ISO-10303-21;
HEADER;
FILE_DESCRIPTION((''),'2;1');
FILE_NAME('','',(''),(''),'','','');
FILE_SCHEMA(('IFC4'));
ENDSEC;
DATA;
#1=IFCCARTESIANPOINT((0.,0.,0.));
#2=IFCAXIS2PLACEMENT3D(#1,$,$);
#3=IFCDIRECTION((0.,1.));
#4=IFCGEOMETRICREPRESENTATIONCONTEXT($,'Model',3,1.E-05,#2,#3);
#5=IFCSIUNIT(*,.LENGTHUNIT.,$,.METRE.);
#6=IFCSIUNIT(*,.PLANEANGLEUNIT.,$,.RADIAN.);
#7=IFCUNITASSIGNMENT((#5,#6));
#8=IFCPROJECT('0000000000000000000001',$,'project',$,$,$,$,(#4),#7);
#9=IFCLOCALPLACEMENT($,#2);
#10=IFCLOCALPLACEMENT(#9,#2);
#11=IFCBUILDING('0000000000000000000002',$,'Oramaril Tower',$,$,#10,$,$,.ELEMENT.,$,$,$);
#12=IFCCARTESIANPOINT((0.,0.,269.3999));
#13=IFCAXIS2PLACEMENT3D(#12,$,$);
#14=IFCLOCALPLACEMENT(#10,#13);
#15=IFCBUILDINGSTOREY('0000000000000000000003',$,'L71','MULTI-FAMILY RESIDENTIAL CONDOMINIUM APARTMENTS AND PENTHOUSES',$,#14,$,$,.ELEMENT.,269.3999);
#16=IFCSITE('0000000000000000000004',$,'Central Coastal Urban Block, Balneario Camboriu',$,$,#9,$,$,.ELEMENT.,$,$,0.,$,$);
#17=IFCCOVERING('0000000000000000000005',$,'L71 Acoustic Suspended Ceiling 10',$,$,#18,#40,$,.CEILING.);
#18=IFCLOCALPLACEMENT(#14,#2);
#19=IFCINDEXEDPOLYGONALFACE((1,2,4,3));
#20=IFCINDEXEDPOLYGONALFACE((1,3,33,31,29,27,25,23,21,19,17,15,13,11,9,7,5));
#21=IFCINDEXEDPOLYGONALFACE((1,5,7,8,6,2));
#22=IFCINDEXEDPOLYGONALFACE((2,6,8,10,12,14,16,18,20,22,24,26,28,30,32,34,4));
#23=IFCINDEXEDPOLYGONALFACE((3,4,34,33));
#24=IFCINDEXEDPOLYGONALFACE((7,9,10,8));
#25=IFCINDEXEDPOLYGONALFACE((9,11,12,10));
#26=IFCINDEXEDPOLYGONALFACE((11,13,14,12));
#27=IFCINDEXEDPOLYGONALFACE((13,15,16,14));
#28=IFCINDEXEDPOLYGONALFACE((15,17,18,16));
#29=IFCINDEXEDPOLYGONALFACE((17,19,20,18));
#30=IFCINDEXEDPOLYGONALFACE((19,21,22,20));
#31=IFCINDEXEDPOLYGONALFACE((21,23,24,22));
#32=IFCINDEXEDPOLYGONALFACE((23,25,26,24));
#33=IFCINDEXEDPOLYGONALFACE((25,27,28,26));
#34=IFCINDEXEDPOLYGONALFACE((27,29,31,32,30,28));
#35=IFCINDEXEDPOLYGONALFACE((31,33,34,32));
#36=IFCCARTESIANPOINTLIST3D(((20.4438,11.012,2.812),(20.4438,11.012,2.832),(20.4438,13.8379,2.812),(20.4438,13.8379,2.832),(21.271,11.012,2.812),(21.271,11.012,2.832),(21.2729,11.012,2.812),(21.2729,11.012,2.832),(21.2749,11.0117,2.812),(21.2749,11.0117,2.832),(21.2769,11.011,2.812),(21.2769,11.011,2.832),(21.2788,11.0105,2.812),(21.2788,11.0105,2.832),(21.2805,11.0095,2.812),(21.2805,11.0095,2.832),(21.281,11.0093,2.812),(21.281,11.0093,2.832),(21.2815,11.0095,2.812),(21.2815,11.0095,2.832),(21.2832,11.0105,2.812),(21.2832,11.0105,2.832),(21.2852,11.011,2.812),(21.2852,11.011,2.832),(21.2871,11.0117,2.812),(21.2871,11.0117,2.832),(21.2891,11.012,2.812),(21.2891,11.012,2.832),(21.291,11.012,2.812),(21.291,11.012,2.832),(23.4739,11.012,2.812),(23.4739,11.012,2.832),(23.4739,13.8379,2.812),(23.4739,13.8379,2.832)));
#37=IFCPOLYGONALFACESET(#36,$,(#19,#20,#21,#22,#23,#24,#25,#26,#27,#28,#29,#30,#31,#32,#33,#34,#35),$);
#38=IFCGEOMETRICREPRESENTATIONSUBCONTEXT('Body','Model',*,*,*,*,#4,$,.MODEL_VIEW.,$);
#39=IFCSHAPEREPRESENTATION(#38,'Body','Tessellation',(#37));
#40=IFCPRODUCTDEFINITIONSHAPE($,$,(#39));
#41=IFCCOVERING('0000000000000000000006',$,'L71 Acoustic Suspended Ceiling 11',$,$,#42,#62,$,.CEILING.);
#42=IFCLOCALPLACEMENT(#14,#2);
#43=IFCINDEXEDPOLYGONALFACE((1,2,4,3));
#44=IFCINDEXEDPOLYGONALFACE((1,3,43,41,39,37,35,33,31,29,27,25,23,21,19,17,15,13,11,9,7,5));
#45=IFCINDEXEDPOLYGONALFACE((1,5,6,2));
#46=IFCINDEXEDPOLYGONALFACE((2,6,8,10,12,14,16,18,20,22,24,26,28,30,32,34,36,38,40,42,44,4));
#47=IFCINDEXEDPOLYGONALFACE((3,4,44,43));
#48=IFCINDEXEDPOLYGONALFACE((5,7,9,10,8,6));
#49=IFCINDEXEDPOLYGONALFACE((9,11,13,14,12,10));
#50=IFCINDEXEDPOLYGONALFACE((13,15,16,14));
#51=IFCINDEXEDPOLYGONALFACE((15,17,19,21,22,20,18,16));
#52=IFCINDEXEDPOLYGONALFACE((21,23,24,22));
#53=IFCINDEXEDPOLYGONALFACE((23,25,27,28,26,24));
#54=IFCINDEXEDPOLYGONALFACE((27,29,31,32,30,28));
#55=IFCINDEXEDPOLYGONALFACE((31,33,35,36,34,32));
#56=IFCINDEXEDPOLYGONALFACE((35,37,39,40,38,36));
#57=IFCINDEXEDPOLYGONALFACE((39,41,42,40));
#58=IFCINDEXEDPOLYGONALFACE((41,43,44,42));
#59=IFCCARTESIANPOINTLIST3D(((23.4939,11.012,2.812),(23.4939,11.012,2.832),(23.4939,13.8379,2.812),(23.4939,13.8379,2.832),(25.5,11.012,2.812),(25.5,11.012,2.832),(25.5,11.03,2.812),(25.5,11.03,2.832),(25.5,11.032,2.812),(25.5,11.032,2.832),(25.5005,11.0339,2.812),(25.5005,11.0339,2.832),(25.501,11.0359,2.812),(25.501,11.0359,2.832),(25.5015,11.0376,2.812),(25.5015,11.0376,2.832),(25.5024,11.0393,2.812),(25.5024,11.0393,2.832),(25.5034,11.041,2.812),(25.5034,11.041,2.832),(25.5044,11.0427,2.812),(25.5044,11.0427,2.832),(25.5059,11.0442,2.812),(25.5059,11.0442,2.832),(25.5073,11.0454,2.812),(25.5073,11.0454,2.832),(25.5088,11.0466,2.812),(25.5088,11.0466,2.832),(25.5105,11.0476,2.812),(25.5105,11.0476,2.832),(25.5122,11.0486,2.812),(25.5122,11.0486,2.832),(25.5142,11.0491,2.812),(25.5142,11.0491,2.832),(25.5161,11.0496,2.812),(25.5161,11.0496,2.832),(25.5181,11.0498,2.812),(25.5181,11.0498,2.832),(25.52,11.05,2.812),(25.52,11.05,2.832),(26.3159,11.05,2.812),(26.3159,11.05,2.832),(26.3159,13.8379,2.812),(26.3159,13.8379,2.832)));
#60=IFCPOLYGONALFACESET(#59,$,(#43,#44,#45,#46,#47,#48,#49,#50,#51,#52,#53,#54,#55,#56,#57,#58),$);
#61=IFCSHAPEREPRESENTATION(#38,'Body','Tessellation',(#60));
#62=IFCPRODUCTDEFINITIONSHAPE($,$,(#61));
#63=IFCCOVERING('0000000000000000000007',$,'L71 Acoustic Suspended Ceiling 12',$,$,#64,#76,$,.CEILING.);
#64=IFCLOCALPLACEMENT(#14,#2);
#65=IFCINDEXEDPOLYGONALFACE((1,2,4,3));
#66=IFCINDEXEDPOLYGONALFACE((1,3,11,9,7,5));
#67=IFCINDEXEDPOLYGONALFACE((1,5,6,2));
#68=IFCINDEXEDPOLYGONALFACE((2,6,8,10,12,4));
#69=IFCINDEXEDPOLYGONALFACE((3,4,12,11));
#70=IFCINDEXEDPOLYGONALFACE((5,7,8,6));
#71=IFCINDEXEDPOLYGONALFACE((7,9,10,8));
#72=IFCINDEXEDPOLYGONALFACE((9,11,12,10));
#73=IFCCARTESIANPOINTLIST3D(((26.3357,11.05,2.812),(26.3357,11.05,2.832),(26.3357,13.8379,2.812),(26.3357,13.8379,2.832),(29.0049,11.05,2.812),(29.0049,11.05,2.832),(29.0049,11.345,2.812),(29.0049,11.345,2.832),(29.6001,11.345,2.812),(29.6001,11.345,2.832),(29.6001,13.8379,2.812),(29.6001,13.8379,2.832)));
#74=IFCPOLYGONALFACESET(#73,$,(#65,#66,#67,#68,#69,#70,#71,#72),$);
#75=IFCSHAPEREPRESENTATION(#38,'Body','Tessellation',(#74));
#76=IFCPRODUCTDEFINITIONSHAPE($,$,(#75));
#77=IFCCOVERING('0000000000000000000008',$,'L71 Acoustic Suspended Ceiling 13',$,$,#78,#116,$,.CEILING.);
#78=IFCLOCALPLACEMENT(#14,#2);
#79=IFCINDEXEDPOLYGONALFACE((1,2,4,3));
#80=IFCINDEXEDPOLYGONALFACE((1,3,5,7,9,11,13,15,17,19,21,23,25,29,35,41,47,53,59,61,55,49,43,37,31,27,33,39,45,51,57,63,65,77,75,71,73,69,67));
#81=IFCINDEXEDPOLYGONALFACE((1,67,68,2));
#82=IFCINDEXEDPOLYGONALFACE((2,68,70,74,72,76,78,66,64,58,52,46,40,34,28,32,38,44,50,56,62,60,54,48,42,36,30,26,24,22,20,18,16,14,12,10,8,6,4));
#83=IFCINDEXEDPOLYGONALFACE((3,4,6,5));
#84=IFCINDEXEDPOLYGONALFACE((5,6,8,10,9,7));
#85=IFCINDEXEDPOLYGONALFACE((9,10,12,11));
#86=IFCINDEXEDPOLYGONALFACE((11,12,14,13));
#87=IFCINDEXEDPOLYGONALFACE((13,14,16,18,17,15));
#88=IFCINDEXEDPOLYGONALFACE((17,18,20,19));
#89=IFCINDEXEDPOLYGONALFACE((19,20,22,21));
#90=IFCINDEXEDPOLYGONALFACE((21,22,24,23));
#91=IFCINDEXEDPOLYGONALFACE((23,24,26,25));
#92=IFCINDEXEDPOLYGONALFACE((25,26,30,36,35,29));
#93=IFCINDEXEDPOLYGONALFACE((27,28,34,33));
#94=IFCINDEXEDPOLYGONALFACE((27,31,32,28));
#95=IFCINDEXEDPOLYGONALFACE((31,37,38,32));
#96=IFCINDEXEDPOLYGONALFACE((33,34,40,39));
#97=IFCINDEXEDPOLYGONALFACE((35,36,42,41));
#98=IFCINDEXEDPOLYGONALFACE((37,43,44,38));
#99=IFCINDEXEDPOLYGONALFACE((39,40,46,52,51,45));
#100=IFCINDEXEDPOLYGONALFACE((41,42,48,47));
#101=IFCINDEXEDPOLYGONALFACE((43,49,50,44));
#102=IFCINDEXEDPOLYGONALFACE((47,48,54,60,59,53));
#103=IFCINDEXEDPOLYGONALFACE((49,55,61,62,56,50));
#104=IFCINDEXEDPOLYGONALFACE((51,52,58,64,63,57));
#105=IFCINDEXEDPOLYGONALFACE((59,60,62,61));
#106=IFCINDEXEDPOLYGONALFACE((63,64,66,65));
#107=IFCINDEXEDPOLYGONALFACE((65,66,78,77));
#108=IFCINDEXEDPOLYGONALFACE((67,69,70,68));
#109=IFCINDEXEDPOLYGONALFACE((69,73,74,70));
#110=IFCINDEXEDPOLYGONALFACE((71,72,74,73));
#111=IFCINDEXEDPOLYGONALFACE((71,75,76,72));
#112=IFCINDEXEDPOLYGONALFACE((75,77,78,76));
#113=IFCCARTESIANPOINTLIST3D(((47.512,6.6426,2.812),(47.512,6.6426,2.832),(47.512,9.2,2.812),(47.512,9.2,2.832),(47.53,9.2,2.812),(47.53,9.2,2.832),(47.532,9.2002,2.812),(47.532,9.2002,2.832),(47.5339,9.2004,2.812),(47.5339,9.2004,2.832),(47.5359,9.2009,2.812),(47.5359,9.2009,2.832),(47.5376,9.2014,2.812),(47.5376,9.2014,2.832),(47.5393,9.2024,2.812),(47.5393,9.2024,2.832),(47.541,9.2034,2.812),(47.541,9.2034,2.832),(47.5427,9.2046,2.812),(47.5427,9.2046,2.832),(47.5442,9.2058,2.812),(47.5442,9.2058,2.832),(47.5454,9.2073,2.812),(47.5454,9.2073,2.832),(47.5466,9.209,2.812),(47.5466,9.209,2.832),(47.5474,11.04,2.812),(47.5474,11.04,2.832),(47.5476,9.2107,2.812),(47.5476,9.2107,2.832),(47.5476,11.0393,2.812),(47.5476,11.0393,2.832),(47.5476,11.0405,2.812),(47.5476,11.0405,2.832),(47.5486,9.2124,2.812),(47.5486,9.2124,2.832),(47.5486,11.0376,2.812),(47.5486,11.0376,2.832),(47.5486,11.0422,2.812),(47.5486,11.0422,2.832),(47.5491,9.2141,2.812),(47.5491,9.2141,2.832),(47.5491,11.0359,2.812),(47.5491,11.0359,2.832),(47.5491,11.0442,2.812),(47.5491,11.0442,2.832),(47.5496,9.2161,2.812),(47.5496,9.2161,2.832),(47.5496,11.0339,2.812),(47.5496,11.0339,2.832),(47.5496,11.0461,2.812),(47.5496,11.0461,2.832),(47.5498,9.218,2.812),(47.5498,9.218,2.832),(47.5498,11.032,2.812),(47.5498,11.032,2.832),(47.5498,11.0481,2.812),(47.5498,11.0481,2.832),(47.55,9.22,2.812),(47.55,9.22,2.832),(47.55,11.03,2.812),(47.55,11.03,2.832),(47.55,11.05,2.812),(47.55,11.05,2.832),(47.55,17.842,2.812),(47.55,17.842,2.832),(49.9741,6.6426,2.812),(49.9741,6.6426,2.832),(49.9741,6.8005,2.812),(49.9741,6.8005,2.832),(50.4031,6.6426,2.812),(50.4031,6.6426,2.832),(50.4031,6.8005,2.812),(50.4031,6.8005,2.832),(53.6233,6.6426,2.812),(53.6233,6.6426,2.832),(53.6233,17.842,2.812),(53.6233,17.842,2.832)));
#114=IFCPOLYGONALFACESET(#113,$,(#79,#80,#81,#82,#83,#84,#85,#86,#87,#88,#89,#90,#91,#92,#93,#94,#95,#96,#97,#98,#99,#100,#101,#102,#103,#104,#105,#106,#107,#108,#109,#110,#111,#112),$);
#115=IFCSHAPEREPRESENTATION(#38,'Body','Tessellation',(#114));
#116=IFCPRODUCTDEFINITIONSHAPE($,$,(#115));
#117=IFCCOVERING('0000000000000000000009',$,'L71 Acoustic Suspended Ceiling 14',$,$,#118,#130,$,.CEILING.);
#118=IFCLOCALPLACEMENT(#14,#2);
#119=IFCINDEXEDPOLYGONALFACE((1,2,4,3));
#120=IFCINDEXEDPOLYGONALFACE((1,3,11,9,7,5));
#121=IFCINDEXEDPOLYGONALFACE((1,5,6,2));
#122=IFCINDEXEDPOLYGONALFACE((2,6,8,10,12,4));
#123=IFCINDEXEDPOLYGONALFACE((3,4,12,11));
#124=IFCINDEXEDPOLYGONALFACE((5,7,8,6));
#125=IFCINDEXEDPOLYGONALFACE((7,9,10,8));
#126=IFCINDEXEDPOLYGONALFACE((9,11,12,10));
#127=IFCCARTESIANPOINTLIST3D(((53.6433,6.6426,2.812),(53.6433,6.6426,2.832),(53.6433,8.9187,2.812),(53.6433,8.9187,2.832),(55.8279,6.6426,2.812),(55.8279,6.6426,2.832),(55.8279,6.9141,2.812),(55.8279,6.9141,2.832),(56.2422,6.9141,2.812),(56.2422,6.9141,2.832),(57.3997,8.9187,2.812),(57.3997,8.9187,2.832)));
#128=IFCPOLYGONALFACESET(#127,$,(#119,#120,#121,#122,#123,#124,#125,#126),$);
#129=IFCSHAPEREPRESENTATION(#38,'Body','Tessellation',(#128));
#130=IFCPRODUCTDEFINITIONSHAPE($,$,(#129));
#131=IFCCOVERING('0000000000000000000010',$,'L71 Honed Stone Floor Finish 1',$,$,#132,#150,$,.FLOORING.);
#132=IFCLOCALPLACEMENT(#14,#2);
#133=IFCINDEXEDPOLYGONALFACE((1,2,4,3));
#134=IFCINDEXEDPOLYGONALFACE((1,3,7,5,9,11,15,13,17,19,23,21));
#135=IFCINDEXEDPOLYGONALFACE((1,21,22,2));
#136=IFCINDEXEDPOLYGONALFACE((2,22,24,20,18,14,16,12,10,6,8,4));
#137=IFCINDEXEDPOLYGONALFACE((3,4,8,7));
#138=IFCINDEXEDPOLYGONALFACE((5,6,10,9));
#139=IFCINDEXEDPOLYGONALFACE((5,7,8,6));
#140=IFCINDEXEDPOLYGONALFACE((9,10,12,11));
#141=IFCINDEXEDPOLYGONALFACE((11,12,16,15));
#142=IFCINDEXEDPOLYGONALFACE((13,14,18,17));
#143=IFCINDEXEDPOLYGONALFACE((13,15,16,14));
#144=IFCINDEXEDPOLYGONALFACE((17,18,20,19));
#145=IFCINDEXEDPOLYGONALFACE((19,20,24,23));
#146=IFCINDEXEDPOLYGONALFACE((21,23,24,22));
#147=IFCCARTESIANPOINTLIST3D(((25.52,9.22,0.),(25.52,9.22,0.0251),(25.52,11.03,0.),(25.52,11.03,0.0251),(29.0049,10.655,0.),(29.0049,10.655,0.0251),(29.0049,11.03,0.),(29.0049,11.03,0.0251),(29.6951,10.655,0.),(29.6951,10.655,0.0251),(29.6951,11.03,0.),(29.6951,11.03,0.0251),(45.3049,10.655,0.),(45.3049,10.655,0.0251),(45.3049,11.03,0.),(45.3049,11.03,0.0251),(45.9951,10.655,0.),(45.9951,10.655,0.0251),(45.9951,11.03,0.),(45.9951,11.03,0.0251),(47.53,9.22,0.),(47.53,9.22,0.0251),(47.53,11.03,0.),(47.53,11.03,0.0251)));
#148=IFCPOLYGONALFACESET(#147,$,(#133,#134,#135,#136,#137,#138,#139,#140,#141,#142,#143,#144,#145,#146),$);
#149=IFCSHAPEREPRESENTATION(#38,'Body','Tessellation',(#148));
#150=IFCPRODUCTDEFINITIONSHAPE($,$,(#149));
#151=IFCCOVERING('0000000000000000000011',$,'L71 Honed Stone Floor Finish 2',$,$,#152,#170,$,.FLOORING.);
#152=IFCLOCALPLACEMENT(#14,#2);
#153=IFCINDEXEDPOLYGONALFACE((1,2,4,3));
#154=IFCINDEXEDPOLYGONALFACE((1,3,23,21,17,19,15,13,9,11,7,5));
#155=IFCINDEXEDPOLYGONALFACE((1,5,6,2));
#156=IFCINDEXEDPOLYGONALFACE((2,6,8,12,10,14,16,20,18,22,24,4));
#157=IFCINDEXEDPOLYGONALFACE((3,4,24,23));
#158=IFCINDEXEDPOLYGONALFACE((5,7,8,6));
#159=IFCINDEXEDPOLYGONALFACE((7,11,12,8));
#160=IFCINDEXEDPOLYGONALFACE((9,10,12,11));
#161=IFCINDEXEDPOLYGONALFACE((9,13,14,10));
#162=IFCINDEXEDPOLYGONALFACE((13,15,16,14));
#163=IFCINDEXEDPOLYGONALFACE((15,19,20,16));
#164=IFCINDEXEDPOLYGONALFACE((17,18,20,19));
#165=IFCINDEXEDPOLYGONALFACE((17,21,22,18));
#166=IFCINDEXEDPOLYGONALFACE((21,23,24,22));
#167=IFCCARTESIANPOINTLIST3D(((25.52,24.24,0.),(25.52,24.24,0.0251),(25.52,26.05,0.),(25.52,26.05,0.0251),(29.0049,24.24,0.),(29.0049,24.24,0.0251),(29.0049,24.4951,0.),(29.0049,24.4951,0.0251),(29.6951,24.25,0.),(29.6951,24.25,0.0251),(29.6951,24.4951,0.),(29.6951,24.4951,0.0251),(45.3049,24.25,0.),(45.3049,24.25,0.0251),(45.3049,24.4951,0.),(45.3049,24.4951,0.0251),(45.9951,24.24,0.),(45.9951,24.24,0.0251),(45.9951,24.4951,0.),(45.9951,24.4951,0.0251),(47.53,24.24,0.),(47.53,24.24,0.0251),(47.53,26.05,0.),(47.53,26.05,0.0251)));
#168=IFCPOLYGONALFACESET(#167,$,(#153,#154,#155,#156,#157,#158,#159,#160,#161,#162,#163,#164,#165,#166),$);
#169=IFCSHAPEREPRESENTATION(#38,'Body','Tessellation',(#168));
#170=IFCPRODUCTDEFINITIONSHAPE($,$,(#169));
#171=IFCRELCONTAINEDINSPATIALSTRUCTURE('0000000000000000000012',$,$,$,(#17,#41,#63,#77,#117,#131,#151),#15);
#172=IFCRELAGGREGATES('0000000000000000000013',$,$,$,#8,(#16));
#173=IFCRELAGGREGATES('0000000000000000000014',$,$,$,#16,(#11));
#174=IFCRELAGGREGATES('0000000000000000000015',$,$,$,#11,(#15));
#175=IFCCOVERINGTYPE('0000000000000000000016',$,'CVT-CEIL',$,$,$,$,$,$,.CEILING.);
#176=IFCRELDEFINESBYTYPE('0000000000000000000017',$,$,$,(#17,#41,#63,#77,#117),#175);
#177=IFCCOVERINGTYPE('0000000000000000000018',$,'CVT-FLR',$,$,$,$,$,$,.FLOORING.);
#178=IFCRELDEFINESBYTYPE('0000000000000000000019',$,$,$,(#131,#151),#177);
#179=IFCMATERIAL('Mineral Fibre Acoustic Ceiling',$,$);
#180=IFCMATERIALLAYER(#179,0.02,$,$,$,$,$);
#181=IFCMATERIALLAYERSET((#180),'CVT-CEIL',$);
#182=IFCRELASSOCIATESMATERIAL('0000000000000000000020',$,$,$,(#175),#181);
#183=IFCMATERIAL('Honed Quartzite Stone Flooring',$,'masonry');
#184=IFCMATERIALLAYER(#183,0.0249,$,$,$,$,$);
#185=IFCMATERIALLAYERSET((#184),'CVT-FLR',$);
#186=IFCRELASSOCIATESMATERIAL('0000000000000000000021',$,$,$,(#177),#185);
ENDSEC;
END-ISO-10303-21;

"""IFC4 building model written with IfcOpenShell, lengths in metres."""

from ifc_helpers import new_model, si_unit, direction, frame, origin, place, context, subcontext, project, spatial, polyline, outline, extrude, material, layer, layer_set, type_object, element, save


model = new_model("IFC4")

# Units and contexts
model_context = context("Model", 3, precision=1e-05, world=origin(), true_north=direction((0.0, 1.0)))
body_context = subcontext(model_context, "Body", "Model", "MODEL_VIEW")
ifc_project = project(units=[si_unit("LENGTHUNIT", "METRE"), si_unit("PLANEANGLEUNIT", "RADIAN")], contexts=[model_context])

# Site, building, storey
site_placement = place(None, origin())
site = spatial("IfcSite", under=ifc_project, at=site_placement, Name="Central Coastal Urban Block, Balneario Camboriu", CompositionType="ELEMENT", RefElevation=0.0)
building_placement = place(site_placement, origin())
building = spatial("IfcBuilding", under=site, at=building_placement, Name="Oramaril Tower", CompositionType="ELEMENT")
storey_placement = place(building_placement, frame((0.0, 0.0, 269.3999)))
storey = spatial("IfcBuildingStorey", under=building, at=storey_placement, Name="L71", Description="MULTI-FAMILY RESIDENTIAL CONDOMINIUM APARTMENTS AND PENTHOUSES", CompositionType="ELEMENT", Elevation=269.3999)

# Coverings
ifc_material_1 = material(Name="Mineral Fibre Acoustic Ceiling")
ifc_layer_1 = layer(ifc_material_1, 0.02)
ifc_layer_set_1 = layer_set([ifc_layer_1], Name="CVT-CEIL")
covering_type_1 = type_object("IfcCoveringType", Name="CVT-CEIL", PredefinedType="CEILING", material=ifc_layer_set_1)
covering_1_placement = place(storey_placement, frame((0.0, 0.0, 2.812)))
element("IfcCovering", 1, at=covering_1_placement, inside=storey, type_object=covering_type_1, Name="L71 Acoustic Suspended Ceiling 10", PredefinedType="CEILING", context=body_context, shape_type="SweptSolid", body=[
    extrude(outline(polyline([(23.4739, 11.012), (21.291, 11.012), (21.2891, 11.012), (21.2871, 11.0117), (21.2852, 11.011), (21.2832, 11.0105), (21.2815, 11.0095), (21.281, 11.0093), (21.2805, 11.0095), (21.2788, 11.0105), (21.2769, 11.011), (21.2749, 11.0117), (21.2729, 11.012), (21.271, 11.012), (20.4438, 11.012), (20.4438, 13.8379), (23.4739, 13.8379), (23.4739, 11.012)])), origin(), (0.0, 0.0, 1.0), 0.02),
])
covering_2_placement = place(storey_placement, frame((0.0, 0.0, 2.812)))
element("IfcCovering", 2, at=covering_2_placement, inside=storey, type_object=covering_type_1, Name="L71 Acoustic Suspended Ceiling 11", PredefinedType="CEILING", context=body_context, shape_type="SweptSolid", body=[
    extrude(outline(polyline([(26.3159, 11.05), (25.52, 11.05), (25.5181, 11.0498), (25.5161, 11.0496), (25.5142, 11.0491), (25.5122, 11.0486), (25.5105, 11.0476), (25.5088, 11.0466), (25.5073, 11.0454), (25.5059, 11.0442), (25.5044, 11.0427), (25.5034, 11.041), (25.5024, 11.0393), (25.5015, 11.0376), (25.501, 11.0359), (25.5005, 11.0339), (25.5, 11.032), (25.5, 11.03), (25.5, 11.012), (23.4939, 11.012), (23.4939, 13.8379), (26.3159, 13.8379), (26.3159, 11.05)])), origin(), (0.0, 0.0, 1.0), 0.02),
])
covering_3_placement = place(storey_placement, frame((0.0, 0.0, 2.812)))
element("IfcCovering", 3, at=covering_3_placement, inside=storey, type_object=covering_type_1, Name="L71 Acoustic Suspended Ceiling 12", PredefinedType="CEILING", context=body_context, shape_type="SweptSolid", body=[
    extrude(outline(polyline([(29.6001, 11.345), (29.0049, 11.345), (29.0049, 11.05), (26.3357, 11.05), (26.3357, 13.8379), (29.6001, 13.8379), (29.6001, 11.345)])), origin(), (0.0, 0.0, 1.0), 0.02),
])
covering_4_placement = place(storey_placement, frame((0.0, 0.0, 2.812)))
element("IfcCovering", 4, at=covering_4_placement, inside=storey, type_object=covering_type_1, Name="L71 Acoustic Suspended Ceiling 13", PredefinedType="CEILING", context=body_context, shape_type="SweptSolid", body=[
    extrude(outline(polyline([(53.6233, 17.842), (53.6233, 6.6426), (50.4031, 6.6426), (50.4031, 6.8005), (49.9741, 6.8005), (49.9741, 6.6426), (47.512, 6.6426), (47.512, 9.2), (47.53, 9.2), (47.532, 9.2002), (47.5339, 9.2004), (47.5359, 9.2009), (47.5376, 9.2014), (47.5393, 9.2024), (47.541, 9.2034), (47.5427, 9.2046), (47.5442, 9.2058), (47.5454, 9.2073), (47.5466, 9.209), (47.5476, 9.2107), (47.5486, 9.2124), (47.5491, 9.2141), (47.5496, 9.2161), (47.5498, 9.218), (47.55, 9.22), (47.55, 11.03), (47.5498, 11.032), (47.5496, 11.0339), (47.5491, 11.0359), (47.5486, 11.0376), (47.5476, 11.0393), (47.5474, 11.04), (47.5476, 11.0405), (47.5486, 11.0422), (47.5491, 11.0442), (47.5496, 11.0461), (47.5498, 11.0481), (47.55, 11.05), (47.55, 17.842), (53.6233, 17.842)])), origin(), (0.0, 0.0, 1.0), 0.02),
])
covering_5_placement = place(storey_placement, frame((0.0, 0.0, 2.812)))
element("IfcCovering", 5, at=covering_5_placement, inside=storey, type_object=covering_type_1, Name="L71 Acoustic Suspended Ceiling 14", PredefinedType="CEILING", context=body_context, shape_type="SweptSolid", body=[
    extrude(outline(polyline([(56.2422, 6.9141), (55.8279, 6.9141), (55.8279, 6.6426), (53.6433, 6.6426), (53.6433, 8.9187), (57.3997, 8.9187), (56.2422, 6.9141)])), origin(), (0.0, 0.0, 1.0), 0.02),
])
ifc_material_2 = material(Name="Honed Quartzite Stone Flooring", Category="masonry")
ifc_layer_2 = layer(ifc_material_2, 0.0249)
ifc_layer_set_2 = layer_set([ifc_layer_2], Name="CVT-FLR")
covering_type_2 = type_object("IfcCoveringType", Name="CVT-FLR", PredefinedType="FLOORING", material=ifc_layer_set_2)
covering_6_placement = place(storey_placement, origin())
element("IfcCovering", 6, at=covering_6_placement, inside=storey, type_object=covering_type_2, Name="L71 Honed Stone Floor Finish 1", PredefinedType="FLOORING", context=body_context, shape_type="SweptSolid", body=[
    extrude(outline(polyline([(29.0049, 10.655), (29.6951, 10.655), (29.6951, 11.03), (45.3049, 11.03), (45.3049, 10.655), (45.9951, 10.655), (45.9951, 11.03), (47.53, 11.03), (47.53, 9.22), (25.52, 9.22), (25.52, 11.03), (29.0049, 11.03), (29.0049, 10.655)])), origin(), (0.0, 0.0, 1.0), 0.0251),
])
covering_7_placement = place(storey_placement, origin())
element("IfcCovering", 7, at=covering_7_placement, inside=storey, type_object=covering_type_2, Name="L71 Honed Stone Floor Finish 2", PredefinedType="FLOORING", context=body_context, shape_type="SweptSolid", body=[
    extrude(outline(polyline([(47.53, 24.24), (45.9951, 24.24), (45.9951, 24.4951), (45.3049, 24.4951), (45.3049, 24.25), (29.6951, 24.25), (29.6951, 24.4951), (29.0049, 24.4951), (29.0049, 24.24), (25.52, 24.24), (25.52, 26.05), (47.53, 26.05), (47.53, 24.24)])), origin(), (0.0, 0.0, 1.0), 0.0251),
])

save(model, "model.ifc")
